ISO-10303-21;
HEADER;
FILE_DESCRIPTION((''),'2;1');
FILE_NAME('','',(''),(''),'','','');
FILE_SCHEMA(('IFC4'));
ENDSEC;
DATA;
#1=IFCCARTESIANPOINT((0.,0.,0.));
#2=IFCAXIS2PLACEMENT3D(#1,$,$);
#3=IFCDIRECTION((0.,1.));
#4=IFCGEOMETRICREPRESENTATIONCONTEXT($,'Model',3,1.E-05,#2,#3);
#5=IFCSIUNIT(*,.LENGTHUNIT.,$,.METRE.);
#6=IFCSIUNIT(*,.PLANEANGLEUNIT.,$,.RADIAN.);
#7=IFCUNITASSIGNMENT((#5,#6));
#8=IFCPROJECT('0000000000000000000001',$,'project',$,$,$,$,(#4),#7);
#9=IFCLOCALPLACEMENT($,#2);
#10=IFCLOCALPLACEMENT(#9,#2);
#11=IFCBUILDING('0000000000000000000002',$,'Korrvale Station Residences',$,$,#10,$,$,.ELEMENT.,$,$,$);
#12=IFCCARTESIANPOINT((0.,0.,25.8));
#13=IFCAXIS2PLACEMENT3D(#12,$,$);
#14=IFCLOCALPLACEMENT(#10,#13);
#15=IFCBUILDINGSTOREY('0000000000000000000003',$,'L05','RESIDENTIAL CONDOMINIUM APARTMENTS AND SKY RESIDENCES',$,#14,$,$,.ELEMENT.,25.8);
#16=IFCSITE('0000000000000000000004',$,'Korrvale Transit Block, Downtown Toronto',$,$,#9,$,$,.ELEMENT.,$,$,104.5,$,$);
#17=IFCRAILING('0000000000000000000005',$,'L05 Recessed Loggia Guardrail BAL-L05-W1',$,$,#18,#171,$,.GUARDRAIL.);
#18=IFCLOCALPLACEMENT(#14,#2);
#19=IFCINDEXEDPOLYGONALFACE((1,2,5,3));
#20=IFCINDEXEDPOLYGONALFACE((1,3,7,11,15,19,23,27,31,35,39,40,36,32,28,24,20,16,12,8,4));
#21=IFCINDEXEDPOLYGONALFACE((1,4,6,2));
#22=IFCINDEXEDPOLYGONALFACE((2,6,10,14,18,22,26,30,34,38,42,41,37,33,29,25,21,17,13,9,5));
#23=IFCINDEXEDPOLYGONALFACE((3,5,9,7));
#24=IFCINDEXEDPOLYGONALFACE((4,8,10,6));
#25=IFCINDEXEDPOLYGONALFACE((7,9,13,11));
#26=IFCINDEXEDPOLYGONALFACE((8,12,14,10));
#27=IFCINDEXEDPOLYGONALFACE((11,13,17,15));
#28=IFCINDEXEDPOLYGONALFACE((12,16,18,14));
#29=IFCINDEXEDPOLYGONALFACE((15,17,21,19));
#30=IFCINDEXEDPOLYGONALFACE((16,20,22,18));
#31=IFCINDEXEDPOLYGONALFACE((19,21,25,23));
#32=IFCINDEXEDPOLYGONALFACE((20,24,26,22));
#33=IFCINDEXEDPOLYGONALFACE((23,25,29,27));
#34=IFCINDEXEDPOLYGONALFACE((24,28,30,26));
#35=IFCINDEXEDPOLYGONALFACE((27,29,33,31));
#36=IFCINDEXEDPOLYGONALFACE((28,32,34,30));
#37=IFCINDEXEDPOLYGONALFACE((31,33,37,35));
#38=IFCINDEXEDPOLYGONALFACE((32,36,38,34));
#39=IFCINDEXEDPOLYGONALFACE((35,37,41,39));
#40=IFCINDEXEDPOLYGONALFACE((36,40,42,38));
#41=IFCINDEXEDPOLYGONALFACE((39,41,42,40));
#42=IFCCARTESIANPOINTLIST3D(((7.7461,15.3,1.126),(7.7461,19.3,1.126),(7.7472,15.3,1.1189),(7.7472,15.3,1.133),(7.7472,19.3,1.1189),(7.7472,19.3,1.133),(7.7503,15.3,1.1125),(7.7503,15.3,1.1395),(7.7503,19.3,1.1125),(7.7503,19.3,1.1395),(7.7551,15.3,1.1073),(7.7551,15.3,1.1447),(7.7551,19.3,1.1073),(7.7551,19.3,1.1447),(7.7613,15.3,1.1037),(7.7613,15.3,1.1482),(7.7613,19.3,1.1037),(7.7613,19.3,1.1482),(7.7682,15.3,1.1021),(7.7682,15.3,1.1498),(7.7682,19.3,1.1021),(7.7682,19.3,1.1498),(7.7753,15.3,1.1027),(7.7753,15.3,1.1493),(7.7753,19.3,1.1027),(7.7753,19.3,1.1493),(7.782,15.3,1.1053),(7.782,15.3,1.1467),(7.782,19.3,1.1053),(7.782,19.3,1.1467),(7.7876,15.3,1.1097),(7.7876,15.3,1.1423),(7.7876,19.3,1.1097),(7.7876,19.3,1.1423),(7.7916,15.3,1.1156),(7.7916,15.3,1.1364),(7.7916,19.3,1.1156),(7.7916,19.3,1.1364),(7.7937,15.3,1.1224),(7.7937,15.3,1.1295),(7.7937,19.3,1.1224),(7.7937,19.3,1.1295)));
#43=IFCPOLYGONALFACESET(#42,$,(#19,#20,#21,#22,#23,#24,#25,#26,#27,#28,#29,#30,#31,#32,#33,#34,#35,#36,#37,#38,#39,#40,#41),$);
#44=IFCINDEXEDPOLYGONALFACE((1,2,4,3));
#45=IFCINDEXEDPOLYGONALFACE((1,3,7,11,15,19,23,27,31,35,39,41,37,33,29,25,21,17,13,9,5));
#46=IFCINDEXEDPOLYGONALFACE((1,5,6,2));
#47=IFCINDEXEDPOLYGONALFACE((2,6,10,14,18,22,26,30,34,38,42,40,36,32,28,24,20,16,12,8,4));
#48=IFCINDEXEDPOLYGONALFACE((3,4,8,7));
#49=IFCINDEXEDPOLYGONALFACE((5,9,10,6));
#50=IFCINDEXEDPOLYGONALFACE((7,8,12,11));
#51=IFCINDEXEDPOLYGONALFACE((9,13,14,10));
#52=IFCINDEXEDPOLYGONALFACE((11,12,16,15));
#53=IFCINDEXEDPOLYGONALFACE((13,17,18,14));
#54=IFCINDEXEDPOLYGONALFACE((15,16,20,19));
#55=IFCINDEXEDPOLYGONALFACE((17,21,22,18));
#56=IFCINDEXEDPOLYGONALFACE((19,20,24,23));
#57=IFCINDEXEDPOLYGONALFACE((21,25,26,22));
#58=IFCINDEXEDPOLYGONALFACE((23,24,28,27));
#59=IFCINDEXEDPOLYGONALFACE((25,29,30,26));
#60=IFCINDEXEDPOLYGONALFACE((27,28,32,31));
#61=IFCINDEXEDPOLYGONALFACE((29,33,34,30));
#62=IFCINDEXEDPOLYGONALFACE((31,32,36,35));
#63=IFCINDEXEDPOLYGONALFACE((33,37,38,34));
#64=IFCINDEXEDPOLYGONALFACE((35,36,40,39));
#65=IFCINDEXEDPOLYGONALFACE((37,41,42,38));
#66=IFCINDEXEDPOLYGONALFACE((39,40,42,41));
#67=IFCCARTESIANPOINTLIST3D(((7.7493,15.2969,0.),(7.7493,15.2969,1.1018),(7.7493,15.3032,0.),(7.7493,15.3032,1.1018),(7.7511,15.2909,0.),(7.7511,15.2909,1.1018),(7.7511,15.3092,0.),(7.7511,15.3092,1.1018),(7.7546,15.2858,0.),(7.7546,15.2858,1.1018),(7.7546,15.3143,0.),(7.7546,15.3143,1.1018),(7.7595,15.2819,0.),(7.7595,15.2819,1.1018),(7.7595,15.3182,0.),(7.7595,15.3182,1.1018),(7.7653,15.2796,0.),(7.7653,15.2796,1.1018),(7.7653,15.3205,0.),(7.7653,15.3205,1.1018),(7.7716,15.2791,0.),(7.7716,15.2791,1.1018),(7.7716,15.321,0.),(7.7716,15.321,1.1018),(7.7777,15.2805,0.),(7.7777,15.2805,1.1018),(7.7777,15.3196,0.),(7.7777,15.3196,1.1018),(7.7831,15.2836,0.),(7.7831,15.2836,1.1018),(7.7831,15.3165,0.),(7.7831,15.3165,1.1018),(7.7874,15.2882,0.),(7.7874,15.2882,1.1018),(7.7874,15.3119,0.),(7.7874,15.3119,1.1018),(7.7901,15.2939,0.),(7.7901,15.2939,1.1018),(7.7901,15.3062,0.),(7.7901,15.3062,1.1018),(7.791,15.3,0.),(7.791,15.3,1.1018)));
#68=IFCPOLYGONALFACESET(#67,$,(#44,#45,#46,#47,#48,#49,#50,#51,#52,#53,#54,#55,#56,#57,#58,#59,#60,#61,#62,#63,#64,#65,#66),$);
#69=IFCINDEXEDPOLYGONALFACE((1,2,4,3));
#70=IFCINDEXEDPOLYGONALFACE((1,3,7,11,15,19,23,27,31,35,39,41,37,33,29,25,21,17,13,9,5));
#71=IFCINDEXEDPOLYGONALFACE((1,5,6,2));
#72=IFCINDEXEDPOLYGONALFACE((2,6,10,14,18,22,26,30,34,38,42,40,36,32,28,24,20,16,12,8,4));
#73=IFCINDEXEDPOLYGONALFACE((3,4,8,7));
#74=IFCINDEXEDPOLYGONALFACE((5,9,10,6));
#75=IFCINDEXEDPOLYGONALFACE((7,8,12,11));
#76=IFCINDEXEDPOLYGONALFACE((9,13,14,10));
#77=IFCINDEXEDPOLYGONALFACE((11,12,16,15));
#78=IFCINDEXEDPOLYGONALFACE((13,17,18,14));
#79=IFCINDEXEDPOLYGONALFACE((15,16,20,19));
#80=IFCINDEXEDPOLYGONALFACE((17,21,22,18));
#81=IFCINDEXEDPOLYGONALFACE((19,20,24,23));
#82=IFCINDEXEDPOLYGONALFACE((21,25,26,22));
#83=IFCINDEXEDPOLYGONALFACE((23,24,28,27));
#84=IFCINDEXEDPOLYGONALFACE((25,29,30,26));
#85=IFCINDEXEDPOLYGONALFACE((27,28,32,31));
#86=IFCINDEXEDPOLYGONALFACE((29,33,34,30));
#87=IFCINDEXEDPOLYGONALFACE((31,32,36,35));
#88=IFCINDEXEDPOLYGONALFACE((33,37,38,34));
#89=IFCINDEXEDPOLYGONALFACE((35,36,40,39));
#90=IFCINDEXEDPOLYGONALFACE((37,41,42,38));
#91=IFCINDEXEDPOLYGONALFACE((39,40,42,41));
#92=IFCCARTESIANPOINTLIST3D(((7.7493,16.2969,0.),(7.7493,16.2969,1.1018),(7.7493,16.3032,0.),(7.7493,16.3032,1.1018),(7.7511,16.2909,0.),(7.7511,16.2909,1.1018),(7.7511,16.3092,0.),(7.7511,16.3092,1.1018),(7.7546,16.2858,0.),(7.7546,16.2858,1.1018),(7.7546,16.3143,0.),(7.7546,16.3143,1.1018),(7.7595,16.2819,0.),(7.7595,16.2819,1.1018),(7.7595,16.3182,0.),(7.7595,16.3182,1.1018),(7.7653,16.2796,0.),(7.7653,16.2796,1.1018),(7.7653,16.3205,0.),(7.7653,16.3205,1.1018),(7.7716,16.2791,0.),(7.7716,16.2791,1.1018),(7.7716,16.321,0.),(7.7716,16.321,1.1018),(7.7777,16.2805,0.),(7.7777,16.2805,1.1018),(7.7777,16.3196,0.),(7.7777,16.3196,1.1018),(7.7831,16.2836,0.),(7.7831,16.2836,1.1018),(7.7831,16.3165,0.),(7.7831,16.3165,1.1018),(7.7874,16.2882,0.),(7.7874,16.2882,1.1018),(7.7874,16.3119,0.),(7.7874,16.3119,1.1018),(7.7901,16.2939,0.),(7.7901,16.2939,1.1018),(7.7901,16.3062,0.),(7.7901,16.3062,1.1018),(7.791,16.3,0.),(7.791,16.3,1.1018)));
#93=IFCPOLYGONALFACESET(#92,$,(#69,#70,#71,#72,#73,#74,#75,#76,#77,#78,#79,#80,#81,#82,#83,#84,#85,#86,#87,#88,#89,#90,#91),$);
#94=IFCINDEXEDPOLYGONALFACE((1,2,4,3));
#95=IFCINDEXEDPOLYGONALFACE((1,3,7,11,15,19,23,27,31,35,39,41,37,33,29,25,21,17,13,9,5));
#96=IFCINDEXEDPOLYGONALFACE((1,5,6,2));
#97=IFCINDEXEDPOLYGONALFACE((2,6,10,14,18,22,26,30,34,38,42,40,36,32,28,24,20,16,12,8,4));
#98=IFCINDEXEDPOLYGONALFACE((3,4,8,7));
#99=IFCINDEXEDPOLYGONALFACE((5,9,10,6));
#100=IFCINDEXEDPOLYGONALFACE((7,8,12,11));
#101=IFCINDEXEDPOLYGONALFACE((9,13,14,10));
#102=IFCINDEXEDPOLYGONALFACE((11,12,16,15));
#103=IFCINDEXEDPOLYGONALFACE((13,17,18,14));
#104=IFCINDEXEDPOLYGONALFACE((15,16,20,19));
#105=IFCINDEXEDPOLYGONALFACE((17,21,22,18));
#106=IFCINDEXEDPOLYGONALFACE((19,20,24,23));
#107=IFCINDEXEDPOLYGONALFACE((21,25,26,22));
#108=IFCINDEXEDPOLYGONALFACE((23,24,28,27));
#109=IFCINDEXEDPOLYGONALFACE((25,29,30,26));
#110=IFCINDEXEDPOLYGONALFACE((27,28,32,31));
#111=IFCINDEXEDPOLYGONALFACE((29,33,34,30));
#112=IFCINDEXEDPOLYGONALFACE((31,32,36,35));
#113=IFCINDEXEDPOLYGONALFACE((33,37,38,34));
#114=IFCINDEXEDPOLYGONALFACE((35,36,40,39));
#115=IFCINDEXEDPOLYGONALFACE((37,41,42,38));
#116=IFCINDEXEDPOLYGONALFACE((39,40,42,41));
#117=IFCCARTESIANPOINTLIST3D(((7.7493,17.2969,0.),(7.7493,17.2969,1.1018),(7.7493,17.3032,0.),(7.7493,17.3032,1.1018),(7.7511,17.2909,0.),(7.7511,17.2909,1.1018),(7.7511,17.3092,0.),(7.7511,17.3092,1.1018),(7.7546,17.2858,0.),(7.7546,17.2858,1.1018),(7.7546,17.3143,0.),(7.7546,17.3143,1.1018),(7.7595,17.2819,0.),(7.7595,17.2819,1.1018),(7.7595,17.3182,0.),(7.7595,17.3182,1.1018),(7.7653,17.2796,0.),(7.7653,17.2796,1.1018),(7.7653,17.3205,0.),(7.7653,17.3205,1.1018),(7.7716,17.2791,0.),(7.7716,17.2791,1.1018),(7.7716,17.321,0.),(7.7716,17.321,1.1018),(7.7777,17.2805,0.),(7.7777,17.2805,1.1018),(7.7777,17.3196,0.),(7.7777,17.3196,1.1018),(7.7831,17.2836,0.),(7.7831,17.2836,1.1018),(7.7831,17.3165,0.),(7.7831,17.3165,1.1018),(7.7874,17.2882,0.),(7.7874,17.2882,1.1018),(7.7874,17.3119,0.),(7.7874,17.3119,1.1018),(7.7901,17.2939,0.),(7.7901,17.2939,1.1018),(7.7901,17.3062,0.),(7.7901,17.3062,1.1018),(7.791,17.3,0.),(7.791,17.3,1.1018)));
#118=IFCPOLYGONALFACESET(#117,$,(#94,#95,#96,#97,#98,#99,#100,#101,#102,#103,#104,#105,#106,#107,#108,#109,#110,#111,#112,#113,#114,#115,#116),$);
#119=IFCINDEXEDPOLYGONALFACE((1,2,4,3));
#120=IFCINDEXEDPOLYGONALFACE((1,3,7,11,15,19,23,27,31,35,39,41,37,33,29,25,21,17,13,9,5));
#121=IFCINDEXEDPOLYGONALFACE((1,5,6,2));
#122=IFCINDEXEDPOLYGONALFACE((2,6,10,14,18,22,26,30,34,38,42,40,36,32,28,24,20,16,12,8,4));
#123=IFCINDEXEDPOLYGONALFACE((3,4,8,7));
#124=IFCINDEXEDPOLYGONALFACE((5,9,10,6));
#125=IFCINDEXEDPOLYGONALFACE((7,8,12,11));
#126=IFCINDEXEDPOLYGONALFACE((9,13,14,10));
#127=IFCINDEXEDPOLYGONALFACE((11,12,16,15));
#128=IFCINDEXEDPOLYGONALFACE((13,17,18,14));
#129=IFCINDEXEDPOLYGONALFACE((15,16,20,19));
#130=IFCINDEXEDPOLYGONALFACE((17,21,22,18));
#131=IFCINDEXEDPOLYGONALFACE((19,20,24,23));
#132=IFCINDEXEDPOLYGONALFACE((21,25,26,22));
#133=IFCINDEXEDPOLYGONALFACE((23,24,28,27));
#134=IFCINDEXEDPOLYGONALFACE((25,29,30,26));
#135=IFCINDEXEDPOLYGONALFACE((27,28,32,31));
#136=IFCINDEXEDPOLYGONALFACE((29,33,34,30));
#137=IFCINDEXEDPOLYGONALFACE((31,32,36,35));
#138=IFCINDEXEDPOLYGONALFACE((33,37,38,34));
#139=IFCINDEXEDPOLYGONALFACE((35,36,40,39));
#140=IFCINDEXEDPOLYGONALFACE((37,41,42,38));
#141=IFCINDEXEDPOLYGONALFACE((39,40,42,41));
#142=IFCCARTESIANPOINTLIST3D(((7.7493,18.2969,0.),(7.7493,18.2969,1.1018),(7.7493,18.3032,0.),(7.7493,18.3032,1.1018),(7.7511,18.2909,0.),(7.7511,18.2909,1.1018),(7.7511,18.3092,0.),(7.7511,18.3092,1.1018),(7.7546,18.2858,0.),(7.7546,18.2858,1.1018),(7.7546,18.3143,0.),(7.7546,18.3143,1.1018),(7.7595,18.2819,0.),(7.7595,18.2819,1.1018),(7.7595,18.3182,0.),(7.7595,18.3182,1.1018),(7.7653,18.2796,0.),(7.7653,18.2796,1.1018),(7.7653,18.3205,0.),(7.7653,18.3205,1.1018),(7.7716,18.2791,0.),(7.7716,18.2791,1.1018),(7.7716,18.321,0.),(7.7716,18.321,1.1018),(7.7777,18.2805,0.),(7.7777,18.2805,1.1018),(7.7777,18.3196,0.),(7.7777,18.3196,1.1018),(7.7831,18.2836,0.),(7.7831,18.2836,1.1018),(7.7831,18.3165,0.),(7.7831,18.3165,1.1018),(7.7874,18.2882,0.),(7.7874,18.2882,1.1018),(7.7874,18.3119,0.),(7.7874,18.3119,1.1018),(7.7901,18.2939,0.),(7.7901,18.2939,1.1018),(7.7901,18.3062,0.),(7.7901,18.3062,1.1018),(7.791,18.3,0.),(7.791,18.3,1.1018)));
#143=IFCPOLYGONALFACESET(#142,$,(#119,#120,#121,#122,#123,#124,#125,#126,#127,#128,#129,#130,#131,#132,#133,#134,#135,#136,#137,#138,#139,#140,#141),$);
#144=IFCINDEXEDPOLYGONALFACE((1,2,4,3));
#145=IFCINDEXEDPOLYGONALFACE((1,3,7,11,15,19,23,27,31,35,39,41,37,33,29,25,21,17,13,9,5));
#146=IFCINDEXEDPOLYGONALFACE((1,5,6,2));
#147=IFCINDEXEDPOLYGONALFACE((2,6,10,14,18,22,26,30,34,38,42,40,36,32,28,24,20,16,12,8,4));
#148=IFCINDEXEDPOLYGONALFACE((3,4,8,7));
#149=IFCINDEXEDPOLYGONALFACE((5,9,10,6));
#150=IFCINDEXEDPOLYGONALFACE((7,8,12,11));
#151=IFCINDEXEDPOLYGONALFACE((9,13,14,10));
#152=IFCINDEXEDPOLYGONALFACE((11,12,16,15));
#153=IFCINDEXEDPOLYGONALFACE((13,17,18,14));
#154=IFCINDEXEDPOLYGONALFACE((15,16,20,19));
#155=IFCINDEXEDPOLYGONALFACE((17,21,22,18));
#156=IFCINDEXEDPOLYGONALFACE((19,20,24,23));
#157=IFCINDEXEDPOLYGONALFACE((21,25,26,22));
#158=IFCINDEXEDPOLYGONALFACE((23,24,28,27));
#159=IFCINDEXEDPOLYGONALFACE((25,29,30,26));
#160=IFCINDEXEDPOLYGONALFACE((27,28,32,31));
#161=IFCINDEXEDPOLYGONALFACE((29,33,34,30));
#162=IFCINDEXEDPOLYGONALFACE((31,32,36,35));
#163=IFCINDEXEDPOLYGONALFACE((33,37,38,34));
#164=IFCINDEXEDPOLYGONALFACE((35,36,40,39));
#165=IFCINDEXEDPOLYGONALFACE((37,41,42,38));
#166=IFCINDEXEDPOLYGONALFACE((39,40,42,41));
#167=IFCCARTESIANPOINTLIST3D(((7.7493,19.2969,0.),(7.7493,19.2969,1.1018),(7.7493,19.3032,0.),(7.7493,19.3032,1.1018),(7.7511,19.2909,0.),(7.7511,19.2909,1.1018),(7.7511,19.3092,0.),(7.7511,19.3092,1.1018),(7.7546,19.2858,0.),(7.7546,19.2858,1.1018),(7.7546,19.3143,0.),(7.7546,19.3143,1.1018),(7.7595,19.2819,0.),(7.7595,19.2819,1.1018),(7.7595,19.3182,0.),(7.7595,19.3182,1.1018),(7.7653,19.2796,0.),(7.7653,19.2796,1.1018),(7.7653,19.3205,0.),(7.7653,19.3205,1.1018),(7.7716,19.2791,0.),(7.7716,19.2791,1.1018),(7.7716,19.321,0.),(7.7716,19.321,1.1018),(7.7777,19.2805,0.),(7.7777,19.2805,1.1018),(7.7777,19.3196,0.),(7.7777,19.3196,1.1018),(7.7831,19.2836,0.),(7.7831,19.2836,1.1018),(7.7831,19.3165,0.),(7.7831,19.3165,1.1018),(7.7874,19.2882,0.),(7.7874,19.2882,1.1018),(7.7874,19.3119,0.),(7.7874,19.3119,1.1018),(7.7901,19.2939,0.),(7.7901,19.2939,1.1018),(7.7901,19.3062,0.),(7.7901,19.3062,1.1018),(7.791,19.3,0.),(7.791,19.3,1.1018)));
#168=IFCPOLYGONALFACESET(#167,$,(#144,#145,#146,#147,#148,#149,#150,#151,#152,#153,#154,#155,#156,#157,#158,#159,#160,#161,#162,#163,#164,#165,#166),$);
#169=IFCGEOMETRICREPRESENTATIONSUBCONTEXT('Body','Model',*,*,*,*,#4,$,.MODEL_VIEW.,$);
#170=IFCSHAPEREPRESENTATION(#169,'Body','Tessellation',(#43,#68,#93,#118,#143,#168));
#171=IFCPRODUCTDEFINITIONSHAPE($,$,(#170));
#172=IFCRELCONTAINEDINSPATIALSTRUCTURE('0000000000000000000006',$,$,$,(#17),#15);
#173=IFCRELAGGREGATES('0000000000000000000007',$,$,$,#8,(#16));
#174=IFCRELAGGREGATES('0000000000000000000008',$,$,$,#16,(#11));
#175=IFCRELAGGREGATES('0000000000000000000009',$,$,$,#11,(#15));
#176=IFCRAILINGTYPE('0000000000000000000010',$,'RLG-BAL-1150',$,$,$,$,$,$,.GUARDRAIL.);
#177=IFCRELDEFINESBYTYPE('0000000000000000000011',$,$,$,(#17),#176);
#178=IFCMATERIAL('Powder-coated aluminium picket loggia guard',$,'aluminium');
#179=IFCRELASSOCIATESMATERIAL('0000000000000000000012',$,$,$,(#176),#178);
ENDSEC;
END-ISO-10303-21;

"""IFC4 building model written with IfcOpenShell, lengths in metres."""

from ifc_helpers import new_model, si_unit, direction, frame, origin, origin_2d, place, context, subcontext, project, spatial, circle, extrude, material, type_object, element, save


model = new_model("IFC4")

# Units and contexts
model_context = context("Model", 3, precision=1e-05, world=origin(), true_north=direction((0.0, 1.0)))
body_context = subcontext(model_context, "Body", "Model", "MODEL_VIEW")
ifc_project = project(units=[si_unit("LENGTHUNIT", "METRE"), si_unit("PLANEANGLEUNIT", "RADIAN")], contexts=[model_context])

# Site, building, storey
site_placement = place(None, origin())
site = spatial("IfcSite", under=ifc_project, at=site_placement, Name="Korrvale Transit Block, Downtown Toronto", CompositionType="ELEMENT", RefElevation=104.5)
building_placement = place(site_placement, origin())
building = spatial("IfcBuilding", under=site, at=building_placement, Name="Korrvale Station Residences", CompositionType="ELEMENT")
storey_placement = place(building_placement, frame((0.0, 0.0, 25.8)))
storey = spatial("IfcBuildingStorey", under=building, at=storey_placement, Name="L05", Description="RESIDENTIAL CONDOMINIUM APARTMENTS AND SKY RESIDENCES", CompositionType="ELEMENT", Elevation=25.8)

# Railing
ifc_material_1 = material(Name="Powder-coated aluminium picket loggia guard", Category="aluminium")
railing_type_1 = type_object("IfcRailingType", Name="RLG-BAL-1150", PredefinedType="GUARDRAIL", material=ifc_material_1)
railing_1_placement = place(storey_placement, frame((7.77, 15.3, 0.0)))
element("IfcRailing", 1, at=railing_1_placement, inside=storey, type_object=railing_type_1, Name="L05 Recessed Loggia Guardrail BAL-L05-W1", PredefinedType="GUARDRAIL", context=body_context, shape_type="SweptSolid", body=[
    extrude(circle(Radius=0.0239, at=origin_2d()), frame((0.0, 0.0, 1.126), z_axis=(0.0, 1.0, 0.0), x_axis=(-1.0, 0.0, 0.0)), (0.0, 0.0, 1.0), 4.0),
    extrude(circle(Radius=0.021, at=origin_2d()), origin(), (0.0, 0.0, 1.0), 1.1018),
    extrude(circle(Radius=0.021, at=origin_2d()), frame((0.0, 1.0, 0.0)), (0.0, 0.0, 1.0), 1.1018),
    extrude(circle(Radius=0.021, at=origin_2d()), frame((0.0, 2.0, 0.0)), (0.0, 0.0, 1.0), 1.1018),
    extrude(circle(Radius=0.021, at=origin_2d()), frame((0.0, 3.0, 0.0)), (0.0, 0.0, 1.0), 1.1018),
    extrude(circle(Radius=0.021, at=origin_2d()), frame((0.0, 4.0, 0.0)), (0.0, 0.0, 1.0), 1.1018),
])

save(model, "model.ifc")
